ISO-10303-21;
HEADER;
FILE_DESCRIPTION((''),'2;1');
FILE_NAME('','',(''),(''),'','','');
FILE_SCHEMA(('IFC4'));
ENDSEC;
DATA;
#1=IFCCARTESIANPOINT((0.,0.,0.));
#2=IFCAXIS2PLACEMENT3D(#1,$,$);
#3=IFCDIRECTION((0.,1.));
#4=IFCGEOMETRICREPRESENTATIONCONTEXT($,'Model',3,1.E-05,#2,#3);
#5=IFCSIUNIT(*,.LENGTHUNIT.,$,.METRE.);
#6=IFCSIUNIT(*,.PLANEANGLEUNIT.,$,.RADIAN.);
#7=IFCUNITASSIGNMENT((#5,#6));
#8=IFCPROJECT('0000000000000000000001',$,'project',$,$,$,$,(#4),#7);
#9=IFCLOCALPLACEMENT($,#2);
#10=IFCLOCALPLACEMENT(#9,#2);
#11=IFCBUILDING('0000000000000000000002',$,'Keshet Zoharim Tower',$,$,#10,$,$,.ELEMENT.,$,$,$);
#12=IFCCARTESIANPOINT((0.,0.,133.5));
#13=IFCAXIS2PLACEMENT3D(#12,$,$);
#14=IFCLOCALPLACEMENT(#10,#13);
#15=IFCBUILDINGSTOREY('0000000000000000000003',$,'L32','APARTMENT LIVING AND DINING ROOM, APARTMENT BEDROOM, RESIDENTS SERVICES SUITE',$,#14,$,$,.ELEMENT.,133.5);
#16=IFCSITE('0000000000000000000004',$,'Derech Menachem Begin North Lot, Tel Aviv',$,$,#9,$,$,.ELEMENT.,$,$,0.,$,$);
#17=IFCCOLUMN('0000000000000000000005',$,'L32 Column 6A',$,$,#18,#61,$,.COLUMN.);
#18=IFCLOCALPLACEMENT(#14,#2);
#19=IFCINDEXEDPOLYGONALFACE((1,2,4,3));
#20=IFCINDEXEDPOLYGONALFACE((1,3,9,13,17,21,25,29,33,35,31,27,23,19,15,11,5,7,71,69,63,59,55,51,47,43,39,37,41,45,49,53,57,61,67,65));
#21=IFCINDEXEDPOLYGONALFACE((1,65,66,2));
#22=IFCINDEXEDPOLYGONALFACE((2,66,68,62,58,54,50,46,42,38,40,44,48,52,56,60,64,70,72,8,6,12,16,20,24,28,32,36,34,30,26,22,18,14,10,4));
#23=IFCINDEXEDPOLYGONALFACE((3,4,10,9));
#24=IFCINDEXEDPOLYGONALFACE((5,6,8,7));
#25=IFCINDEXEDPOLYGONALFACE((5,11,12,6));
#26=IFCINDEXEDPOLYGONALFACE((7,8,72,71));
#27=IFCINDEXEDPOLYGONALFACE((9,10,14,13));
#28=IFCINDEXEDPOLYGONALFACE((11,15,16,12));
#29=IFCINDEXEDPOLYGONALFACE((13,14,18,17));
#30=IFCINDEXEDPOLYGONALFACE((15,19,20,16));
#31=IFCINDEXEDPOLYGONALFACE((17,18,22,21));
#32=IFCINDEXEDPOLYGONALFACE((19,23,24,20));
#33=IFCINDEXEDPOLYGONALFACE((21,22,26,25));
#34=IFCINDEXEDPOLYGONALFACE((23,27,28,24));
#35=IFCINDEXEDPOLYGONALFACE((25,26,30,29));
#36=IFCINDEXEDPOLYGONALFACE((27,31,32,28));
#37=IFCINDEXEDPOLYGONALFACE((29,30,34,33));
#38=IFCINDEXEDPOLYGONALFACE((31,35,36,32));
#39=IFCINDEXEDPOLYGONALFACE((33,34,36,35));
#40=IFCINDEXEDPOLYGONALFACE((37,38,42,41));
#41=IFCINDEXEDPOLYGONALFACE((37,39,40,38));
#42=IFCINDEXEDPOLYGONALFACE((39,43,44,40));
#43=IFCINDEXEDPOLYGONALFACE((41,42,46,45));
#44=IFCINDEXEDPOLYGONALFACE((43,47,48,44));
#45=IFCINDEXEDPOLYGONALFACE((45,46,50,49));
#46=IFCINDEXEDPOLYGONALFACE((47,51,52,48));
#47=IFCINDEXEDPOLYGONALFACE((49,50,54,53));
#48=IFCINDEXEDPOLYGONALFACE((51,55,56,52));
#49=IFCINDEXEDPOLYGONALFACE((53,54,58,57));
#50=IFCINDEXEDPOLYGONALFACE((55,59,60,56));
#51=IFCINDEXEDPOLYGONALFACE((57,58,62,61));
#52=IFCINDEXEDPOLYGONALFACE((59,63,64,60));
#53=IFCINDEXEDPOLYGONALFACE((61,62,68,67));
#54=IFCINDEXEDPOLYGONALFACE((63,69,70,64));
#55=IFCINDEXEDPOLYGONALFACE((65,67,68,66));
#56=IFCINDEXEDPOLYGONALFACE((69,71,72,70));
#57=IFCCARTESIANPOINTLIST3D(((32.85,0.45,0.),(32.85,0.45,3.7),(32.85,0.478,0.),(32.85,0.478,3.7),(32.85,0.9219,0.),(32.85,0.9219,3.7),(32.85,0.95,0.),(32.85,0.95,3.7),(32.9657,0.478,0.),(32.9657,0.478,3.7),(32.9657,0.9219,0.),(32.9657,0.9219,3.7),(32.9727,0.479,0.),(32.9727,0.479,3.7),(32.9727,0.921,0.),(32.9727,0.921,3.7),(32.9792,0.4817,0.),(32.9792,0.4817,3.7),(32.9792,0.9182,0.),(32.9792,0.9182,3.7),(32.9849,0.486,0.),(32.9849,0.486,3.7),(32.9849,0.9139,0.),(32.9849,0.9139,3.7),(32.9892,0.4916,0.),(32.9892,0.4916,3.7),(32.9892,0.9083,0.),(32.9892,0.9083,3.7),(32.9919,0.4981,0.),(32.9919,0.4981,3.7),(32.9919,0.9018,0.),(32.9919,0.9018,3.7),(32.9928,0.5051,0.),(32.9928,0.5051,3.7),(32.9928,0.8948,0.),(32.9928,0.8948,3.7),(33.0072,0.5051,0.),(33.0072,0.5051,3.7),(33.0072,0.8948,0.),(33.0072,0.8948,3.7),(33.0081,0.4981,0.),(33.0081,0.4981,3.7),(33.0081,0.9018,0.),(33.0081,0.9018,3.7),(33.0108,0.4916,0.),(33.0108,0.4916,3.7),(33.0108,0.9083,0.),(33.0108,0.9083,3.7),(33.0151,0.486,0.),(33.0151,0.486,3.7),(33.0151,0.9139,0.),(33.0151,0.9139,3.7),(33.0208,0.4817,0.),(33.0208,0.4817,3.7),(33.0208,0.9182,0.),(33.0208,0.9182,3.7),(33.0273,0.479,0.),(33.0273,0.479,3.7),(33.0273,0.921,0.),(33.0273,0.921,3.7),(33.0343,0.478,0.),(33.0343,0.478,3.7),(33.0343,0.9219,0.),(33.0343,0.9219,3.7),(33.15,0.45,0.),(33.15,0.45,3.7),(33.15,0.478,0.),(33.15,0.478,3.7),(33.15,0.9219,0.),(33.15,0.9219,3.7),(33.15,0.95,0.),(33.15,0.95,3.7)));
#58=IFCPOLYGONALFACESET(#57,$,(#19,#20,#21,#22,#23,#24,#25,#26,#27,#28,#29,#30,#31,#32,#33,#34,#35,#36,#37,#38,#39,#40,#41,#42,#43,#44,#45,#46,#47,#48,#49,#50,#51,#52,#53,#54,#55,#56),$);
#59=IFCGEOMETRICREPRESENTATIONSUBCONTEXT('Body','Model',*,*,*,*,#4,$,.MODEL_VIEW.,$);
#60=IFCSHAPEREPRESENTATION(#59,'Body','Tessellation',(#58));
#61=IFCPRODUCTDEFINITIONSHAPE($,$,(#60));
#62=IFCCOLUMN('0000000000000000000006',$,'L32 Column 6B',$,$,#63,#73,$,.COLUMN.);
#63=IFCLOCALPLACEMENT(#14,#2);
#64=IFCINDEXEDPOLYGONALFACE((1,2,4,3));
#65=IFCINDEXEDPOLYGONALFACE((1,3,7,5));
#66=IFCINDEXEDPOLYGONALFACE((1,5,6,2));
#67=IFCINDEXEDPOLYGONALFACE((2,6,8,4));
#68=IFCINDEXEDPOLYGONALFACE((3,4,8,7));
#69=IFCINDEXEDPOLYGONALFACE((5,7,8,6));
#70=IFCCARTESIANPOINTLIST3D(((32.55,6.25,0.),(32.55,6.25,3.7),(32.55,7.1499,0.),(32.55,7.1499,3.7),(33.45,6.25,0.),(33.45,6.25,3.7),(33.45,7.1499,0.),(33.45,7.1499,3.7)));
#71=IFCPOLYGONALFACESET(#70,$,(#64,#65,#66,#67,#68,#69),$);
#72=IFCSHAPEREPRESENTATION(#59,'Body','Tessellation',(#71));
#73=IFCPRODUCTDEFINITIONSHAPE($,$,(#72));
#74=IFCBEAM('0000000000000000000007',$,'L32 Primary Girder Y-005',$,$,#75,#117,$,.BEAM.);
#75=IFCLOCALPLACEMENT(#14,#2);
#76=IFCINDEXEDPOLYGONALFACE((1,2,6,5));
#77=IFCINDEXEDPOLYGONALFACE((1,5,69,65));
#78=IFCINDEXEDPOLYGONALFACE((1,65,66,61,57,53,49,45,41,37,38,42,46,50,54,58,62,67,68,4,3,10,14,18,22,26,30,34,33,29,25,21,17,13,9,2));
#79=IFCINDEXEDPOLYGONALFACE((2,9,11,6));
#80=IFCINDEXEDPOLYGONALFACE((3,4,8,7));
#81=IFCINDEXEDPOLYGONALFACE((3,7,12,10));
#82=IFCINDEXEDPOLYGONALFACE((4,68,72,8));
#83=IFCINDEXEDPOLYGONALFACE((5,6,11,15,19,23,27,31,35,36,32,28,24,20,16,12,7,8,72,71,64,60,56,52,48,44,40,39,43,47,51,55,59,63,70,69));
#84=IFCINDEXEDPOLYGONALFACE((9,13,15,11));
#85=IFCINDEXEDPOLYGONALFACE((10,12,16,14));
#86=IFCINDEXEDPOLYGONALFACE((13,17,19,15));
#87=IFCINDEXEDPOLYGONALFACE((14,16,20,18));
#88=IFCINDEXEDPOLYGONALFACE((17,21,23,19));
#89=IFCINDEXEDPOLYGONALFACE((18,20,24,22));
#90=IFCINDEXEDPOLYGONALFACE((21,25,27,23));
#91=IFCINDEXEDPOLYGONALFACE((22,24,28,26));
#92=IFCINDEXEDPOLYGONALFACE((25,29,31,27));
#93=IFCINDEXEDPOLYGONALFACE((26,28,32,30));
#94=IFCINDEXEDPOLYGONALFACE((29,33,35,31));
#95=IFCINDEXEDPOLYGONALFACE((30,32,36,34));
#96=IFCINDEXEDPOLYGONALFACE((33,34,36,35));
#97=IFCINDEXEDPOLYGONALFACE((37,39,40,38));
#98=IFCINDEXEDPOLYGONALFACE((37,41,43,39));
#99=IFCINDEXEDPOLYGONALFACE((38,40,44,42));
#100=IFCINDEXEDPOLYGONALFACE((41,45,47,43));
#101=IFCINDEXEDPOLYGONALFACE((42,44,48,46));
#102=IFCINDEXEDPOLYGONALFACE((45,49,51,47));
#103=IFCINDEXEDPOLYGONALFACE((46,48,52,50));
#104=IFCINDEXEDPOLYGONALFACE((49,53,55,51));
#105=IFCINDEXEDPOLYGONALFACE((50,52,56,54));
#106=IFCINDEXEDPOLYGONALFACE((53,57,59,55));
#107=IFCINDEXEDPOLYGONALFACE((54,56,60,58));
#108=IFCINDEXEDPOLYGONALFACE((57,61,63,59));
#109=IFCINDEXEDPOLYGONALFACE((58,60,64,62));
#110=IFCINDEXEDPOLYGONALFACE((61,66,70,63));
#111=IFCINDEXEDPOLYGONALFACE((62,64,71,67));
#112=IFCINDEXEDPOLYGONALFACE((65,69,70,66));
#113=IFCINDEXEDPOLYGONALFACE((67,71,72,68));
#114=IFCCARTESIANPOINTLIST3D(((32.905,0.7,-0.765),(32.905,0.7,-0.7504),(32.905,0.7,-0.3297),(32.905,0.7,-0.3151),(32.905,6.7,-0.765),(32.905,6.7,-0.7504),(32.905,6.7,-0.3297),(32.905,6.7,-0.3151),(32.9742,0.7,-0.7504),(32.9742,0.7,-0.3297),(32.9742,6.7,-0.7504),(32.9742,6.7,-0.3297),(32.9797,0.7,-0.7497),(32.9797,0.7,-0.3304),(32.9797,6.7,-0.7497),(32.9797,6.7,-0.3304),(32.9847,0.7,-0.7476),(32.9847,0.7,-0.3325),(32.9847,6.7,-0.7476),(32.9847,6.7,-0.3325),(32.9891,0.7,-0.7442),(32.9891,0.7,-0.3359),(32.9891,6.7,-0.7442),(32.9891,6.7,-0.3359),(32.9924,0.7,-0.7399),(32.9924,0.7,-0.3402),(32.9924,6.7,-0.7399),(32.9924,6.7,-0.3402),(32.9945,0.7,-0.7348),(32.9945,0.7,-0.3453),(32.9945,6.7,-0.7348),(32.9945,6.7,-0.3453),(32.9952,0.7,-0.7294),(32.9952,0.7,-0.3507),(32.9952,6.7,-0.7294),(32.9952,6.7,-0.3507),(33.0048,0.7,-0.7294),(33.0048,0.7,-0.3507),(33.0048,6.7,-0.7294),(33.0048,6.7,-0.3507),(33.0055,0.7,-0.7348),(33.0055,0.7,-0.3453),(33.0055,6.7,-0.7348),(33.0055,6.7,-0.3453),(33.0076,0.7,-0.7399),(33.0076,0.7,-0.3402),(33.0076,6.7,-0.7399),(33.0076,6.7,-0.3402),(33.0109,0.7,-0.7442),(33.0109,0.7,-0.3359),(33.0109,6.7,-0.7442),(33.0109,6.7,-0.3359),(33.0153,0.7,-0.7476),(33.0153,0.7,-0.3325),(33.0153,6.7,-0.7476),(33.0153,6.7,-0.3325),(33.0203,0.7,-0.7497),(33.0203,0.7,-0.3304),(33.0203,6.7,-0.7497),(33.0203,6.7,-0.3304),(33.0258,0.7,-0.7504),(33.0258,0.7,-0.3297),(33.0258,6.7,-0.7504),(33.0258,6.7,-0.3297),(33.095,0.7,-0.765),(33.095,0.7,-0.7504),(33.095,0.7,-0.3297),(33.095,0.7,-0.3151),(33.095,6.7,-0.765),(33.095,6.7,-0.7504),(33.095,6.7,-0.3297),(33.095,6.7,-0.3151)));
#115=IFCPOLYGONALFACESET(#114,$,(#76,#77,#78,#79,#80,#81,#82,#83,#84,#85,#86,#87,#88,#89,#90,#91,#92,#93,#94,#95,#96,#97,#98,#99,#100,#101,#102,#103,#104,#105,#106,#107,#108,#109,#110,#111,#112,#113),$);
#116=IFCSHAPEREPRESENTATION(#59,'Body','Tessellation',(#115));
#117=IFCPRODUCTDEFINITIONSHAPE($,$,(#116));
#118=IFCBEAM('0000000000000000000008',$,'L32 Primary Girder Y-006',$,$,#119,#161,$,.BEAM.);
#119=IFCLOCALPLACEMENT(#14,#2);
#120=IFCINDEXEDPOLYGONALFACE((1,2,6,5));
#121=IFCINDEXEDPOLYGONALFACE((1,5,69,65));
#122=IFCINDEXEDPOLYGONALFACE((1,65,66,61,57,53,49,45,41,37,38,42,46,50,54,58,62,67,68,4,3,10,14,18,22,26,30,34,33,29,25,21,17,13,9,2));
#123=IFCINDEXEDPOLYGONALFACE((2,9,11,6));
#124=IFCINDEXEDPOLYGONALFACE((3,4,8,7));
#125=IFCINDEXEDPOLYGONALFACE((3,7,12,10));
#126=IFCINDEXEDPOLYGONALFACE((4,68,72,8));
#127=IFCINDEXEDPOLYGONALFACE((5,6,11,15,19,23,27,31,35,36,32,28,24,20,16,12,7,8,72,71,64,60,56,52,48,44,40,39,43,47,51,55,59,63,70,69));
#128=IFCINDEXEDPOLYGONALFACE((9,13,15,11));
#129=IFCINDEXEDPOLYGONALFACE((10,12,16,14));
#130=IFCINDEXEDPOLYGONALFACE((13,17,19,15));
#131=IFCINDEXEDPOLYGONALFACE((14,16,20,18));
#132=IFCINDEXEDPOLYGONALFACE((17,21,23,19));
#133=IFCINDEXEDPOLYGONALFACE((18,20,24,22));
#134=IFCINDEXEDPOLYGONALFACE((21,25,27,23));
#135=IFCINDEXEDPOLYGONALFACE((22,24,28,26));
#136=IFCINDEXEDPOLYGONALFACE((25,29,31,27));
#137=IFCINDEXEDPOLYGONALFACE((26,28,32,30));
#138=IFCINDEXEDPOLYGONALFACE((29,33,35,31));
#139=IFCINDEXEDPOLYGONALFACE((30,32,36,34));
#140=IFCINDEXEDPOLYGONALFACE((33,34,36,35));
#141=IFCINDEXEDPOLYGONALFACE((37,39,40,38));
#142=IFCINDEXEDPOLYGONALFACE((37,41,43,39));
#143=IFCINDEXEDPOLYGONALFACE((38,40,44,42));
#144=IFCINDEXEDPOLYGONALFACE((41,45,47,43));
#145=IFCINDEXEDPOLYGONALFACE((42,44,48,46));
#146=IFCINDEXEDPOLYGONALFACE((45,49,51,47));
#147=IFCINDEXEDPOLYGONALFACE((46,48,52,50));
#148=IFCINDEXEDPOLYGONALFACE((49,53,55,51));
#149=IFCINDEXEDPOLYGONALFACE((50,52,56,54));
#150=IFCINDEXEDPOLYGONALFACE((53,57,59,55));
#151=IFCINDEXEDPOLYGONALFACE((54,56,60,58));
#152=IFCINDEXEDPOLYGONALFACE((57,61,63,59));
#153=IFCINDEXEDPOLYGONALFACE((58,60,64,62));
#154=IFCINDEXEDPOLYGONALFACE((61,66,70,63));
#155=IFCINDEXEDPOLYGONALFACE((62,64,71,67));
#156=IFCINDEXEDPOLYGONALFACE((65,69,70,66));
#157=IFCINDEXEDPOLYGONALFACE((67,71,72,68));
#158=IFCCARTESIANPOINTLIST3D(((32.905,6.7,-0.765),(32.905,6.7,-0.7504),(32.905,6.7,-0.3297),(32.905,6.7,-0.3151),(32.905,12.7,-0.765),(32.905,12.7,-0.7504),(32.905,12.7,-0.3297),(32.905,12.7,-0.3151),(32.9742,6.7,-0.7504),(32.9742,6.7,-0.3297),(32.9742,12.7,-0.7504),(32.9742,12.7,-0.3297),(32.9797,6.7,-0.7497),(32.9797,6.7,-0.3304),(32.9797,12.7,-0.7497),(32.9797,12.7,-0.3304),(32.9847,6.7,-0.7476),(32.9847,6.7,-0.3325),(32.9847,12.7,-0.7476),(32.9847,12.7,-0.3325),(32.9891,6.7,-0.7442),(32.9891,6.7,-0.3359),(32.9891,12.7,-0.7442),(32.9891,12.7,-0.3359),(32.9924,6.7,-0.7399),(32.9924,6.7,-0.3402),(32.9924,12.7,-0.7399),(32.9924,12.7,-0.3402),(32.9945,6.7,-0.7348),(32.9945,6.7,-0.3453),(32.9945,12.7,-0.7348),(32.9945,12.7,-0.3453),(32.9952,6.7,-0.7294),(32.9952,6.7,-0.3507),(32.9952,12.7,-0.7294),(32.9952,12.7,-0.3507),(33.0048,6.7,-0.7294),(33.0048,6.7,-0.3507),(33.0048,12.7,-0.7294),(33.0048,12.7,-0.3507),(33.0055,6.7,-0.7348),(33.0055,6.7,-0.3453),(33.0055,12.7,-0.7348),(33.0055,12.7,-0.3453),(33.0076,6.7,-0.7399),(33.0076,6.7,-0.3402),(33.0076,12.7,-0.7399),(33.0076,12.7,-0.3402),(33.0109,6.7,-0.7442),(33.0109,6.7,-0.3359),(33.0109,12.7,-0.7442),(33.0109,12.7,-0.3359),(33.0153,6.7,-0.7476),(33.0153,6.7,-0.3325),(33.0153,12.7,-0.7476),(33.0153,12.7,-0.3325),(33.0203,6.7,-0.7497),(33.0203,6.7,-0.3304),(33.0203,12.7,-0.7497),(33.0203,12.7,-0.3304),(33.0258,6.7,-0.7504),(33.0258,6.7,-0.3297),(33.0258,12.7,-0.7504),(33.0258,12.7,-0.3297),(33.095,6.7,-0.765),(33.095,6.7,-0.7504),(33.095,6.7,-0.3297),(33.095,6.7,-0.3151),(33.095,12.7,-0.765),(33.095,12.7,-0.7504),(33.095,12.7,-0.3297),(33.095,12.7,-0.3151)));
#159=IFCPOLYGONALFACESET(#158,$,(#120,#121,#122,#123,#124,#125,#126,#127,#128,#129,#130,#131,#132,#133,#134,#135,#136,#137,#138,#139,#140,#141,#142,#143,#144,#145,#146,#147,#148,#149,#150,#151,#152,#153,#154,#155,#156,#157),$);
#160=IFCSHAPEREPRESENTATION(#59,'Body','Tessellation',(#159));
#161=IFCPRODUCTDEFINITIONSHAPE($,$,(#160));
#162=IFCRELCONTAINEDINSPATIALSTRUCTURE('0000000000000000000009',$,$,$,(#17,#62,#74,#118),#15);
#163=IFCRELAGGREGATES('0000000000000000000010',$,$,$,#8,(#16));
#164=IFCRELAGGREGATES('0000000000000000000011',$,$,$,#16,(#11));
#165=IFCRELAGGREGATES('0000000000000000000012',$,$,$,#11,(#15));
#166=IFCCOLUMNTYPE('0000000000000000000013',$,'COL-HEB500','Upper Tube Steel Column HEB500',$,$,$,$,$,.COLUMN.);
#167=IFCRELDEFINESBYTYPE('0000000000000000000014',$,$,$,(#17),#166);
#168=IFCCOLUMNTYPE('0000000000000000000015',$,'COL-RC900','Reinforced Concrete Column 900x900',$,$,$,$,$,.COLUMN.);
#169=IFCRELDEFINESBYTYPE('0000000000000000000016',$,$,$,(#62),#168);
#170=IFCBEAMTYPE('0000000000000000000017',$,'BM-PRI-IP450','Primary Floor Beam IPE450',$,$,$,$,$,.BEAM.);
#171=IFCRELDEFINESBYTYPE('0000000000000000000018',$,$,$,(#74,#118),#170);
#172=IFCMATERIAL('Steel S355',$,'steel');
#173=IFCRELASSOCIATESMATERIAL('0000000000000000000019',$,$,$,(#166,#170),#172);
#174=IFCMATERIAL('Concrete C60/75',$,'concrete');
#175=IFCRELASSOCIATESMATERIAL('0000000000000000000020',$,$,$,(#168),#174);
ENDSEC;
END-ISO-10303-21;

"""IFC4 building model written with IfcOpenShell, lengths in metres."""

from ifc_helpers import new_model, si_unit, direction, frame, origin, origin_2d, place, context, subcontext, project, spatial, rectangle, i_section, extrude, material, material_profile, profile_set, type_object, element, save


model = new_model("IFC4")

# Units and contexts
model_context = context("Model", 3, precision=1e-05, world=origin(), true_north=direction((0.0, 1.0)))
body_context = subcontext(model_context, "Body", "Model", "MODEL_VIEW")
ifc_project = project(units=[si_unit("LENGTHUNIT", "METRE"), si_unit("PLANEANGLEUNIT", "RADIAN")], contexts=[model_context])

# Site, building, storey
site_placement = place(None, origin())
site = spatial("IfcSite", under=ifc_project, at=site_placement, Name="Derech Menachem Begin North Lot, Tel Aviv", CompositionType="ELEMENT", RefElevation=0.0)
building_placement = place(site_placement, origin())
building = spatial("IfcBuilding", under=site, at=building_placement, Name="Keshet Zoharim Tower", CompositionType="ELEMENT")
storey_placement = place(building_placement, frame((0.0, 0.0, 133.5)))
storey = spatial("IfcBuildingStorey", under=building, at=storey_placement, Name="L32", Description="APARTMENT LIVING AND DINING ROOM, APARTMENT BEDROOM, RESIDENTS SERVICES SUITE", CompositionType="ELEMENT", Elevation=133.5)

# Columns
ifc_material_1 = material(Name="Steel S355", Category="steel")
ifc_material_profile_1 = material_profile(ifc_material_1, i_section(OverallWidth=0.3, OverallDepth=0.5, WebThickness=0.0144, FlangeThickness=0.0281, FilletRadius=0.0271, at=origin_2d()), Name="HEB500")
ifc_profile_set_1 = profile_set([ifc_material_profile_1], Name="Steel S355")
column_type_1 = type_object("IfcColumnType", Name="COL-HEB500", Description="Upper Tube Steel Column HEB500", PredefinedType="COLUMN", material=ifc_profile_set_1)
column_1_placement = place(storey_placement, frame((33.0, 0.7, 0.0), z_axis=(0.0, 0.0, 1.0), x_axis=(1.0, 0.0, 0.0)))
element("IfcColumn", 1, at=column_1_placement, inside=storey, type_object=column_type_1, Name="L32 Column 6A", PredefinedType="COLUMN", context=body_context, shape_type="SweptSolid", body=[
    extrude(i_section(OverallWidth=0.3, OverallDepth=0.5, WebThickness=0.0144, FlangeThickness=0.0281, FilletRadius=0.0271, at=origin_2d()), origin(), (0.0, 0.0, 1.0), 3.7),
])
ifc_material_2 = material(Name="Concrete C60/75", Category="concrete")
ifc_material_profile_2 = material_profile(ifc_material_2, rectangle(XDim=0.8999, YDim=0.8999, at=origin_2d()), Name="RC900x900")
ifc_profile_set_2 = profile_set([ifc_material_profile_2], Name="Concrete C60/75")
column_type_2 = type_object("IfcColumnType", Name="COL-RC900", Description="Reinforced Concrete Column 900x900", PredefinedType="COLUMN", material=ifc_profile_set_2)
column_2_placement = place(storey_placement, frame((33.0, 6.7, 0.0), z_axis=(0.0, 0.0, 1.0), x_axis=(1.0, 0.0, 0.0)))
element("IfcColumn", 2, at=column_2_placement, inside=storey, type_object=column_type_2, Name="L32 Column 6B", PredefinedType="COLUMN", context=body_context, shape_type="SweptSolid", body=[
    extrude(rectangle(XDim=0.8999, YDim=0.8999, at=origin_2d()), origin(), (0.0, 0.0, 1.0), 3.7),
])

# Beams
ifc_material_profile_3 = material_profile(ifc_material_1, i_section(OverallWidth=0.1899, OverallDepth=0.45, WebThickness=0.0095, FlangeThickness=0.0146, FilletRadius=0.021, at=origin_2d()), Name="IPE450")
ifc_profile_set_3 = profile_set([ifc_material_profile_3], Name="Steel S355")
beam_type_1 = type_object("IfcBeamType", Name="BM-PRI-IP450", Description="Primary Floor Beam IPE450", PredefinedType="BEAM", material=ifc_profile_set_3)
for number, where, z_axis, x_axis, name in (
    (3, (33.0, 0.7, -0.54), (0.0, 1.0, 0.0), (-1.0, 0.0, 0.0), "L32 Primary Girder Y-005"),
    (4, (33.0, 6.7, -0.54), (0.0, 1.0, 0.0), (-1.0, 0.0, 0.0), "L32 Primary Girder Y-006"),
):
    element("IfcBeam", number, at=place(storey_placement, frame(where, z_axis=z_axis, x_axis=x_axis)), inside=storey, type_object=beam_type_1, Name=name, PredefinedType="BEAM", context=body_context, shape_type="SweptSolid", body=[
        extrude(i_section(OverallWidth=0.1899, OverallDepth=0.45, WebThickness=0.0095, FlangeThickness=0.0146, FilletRadius=0.021, at=origin_2d()), origin(), (0.0, 0.0, 1.0), 6.0),
    ])

save(model, "model.ifc")
